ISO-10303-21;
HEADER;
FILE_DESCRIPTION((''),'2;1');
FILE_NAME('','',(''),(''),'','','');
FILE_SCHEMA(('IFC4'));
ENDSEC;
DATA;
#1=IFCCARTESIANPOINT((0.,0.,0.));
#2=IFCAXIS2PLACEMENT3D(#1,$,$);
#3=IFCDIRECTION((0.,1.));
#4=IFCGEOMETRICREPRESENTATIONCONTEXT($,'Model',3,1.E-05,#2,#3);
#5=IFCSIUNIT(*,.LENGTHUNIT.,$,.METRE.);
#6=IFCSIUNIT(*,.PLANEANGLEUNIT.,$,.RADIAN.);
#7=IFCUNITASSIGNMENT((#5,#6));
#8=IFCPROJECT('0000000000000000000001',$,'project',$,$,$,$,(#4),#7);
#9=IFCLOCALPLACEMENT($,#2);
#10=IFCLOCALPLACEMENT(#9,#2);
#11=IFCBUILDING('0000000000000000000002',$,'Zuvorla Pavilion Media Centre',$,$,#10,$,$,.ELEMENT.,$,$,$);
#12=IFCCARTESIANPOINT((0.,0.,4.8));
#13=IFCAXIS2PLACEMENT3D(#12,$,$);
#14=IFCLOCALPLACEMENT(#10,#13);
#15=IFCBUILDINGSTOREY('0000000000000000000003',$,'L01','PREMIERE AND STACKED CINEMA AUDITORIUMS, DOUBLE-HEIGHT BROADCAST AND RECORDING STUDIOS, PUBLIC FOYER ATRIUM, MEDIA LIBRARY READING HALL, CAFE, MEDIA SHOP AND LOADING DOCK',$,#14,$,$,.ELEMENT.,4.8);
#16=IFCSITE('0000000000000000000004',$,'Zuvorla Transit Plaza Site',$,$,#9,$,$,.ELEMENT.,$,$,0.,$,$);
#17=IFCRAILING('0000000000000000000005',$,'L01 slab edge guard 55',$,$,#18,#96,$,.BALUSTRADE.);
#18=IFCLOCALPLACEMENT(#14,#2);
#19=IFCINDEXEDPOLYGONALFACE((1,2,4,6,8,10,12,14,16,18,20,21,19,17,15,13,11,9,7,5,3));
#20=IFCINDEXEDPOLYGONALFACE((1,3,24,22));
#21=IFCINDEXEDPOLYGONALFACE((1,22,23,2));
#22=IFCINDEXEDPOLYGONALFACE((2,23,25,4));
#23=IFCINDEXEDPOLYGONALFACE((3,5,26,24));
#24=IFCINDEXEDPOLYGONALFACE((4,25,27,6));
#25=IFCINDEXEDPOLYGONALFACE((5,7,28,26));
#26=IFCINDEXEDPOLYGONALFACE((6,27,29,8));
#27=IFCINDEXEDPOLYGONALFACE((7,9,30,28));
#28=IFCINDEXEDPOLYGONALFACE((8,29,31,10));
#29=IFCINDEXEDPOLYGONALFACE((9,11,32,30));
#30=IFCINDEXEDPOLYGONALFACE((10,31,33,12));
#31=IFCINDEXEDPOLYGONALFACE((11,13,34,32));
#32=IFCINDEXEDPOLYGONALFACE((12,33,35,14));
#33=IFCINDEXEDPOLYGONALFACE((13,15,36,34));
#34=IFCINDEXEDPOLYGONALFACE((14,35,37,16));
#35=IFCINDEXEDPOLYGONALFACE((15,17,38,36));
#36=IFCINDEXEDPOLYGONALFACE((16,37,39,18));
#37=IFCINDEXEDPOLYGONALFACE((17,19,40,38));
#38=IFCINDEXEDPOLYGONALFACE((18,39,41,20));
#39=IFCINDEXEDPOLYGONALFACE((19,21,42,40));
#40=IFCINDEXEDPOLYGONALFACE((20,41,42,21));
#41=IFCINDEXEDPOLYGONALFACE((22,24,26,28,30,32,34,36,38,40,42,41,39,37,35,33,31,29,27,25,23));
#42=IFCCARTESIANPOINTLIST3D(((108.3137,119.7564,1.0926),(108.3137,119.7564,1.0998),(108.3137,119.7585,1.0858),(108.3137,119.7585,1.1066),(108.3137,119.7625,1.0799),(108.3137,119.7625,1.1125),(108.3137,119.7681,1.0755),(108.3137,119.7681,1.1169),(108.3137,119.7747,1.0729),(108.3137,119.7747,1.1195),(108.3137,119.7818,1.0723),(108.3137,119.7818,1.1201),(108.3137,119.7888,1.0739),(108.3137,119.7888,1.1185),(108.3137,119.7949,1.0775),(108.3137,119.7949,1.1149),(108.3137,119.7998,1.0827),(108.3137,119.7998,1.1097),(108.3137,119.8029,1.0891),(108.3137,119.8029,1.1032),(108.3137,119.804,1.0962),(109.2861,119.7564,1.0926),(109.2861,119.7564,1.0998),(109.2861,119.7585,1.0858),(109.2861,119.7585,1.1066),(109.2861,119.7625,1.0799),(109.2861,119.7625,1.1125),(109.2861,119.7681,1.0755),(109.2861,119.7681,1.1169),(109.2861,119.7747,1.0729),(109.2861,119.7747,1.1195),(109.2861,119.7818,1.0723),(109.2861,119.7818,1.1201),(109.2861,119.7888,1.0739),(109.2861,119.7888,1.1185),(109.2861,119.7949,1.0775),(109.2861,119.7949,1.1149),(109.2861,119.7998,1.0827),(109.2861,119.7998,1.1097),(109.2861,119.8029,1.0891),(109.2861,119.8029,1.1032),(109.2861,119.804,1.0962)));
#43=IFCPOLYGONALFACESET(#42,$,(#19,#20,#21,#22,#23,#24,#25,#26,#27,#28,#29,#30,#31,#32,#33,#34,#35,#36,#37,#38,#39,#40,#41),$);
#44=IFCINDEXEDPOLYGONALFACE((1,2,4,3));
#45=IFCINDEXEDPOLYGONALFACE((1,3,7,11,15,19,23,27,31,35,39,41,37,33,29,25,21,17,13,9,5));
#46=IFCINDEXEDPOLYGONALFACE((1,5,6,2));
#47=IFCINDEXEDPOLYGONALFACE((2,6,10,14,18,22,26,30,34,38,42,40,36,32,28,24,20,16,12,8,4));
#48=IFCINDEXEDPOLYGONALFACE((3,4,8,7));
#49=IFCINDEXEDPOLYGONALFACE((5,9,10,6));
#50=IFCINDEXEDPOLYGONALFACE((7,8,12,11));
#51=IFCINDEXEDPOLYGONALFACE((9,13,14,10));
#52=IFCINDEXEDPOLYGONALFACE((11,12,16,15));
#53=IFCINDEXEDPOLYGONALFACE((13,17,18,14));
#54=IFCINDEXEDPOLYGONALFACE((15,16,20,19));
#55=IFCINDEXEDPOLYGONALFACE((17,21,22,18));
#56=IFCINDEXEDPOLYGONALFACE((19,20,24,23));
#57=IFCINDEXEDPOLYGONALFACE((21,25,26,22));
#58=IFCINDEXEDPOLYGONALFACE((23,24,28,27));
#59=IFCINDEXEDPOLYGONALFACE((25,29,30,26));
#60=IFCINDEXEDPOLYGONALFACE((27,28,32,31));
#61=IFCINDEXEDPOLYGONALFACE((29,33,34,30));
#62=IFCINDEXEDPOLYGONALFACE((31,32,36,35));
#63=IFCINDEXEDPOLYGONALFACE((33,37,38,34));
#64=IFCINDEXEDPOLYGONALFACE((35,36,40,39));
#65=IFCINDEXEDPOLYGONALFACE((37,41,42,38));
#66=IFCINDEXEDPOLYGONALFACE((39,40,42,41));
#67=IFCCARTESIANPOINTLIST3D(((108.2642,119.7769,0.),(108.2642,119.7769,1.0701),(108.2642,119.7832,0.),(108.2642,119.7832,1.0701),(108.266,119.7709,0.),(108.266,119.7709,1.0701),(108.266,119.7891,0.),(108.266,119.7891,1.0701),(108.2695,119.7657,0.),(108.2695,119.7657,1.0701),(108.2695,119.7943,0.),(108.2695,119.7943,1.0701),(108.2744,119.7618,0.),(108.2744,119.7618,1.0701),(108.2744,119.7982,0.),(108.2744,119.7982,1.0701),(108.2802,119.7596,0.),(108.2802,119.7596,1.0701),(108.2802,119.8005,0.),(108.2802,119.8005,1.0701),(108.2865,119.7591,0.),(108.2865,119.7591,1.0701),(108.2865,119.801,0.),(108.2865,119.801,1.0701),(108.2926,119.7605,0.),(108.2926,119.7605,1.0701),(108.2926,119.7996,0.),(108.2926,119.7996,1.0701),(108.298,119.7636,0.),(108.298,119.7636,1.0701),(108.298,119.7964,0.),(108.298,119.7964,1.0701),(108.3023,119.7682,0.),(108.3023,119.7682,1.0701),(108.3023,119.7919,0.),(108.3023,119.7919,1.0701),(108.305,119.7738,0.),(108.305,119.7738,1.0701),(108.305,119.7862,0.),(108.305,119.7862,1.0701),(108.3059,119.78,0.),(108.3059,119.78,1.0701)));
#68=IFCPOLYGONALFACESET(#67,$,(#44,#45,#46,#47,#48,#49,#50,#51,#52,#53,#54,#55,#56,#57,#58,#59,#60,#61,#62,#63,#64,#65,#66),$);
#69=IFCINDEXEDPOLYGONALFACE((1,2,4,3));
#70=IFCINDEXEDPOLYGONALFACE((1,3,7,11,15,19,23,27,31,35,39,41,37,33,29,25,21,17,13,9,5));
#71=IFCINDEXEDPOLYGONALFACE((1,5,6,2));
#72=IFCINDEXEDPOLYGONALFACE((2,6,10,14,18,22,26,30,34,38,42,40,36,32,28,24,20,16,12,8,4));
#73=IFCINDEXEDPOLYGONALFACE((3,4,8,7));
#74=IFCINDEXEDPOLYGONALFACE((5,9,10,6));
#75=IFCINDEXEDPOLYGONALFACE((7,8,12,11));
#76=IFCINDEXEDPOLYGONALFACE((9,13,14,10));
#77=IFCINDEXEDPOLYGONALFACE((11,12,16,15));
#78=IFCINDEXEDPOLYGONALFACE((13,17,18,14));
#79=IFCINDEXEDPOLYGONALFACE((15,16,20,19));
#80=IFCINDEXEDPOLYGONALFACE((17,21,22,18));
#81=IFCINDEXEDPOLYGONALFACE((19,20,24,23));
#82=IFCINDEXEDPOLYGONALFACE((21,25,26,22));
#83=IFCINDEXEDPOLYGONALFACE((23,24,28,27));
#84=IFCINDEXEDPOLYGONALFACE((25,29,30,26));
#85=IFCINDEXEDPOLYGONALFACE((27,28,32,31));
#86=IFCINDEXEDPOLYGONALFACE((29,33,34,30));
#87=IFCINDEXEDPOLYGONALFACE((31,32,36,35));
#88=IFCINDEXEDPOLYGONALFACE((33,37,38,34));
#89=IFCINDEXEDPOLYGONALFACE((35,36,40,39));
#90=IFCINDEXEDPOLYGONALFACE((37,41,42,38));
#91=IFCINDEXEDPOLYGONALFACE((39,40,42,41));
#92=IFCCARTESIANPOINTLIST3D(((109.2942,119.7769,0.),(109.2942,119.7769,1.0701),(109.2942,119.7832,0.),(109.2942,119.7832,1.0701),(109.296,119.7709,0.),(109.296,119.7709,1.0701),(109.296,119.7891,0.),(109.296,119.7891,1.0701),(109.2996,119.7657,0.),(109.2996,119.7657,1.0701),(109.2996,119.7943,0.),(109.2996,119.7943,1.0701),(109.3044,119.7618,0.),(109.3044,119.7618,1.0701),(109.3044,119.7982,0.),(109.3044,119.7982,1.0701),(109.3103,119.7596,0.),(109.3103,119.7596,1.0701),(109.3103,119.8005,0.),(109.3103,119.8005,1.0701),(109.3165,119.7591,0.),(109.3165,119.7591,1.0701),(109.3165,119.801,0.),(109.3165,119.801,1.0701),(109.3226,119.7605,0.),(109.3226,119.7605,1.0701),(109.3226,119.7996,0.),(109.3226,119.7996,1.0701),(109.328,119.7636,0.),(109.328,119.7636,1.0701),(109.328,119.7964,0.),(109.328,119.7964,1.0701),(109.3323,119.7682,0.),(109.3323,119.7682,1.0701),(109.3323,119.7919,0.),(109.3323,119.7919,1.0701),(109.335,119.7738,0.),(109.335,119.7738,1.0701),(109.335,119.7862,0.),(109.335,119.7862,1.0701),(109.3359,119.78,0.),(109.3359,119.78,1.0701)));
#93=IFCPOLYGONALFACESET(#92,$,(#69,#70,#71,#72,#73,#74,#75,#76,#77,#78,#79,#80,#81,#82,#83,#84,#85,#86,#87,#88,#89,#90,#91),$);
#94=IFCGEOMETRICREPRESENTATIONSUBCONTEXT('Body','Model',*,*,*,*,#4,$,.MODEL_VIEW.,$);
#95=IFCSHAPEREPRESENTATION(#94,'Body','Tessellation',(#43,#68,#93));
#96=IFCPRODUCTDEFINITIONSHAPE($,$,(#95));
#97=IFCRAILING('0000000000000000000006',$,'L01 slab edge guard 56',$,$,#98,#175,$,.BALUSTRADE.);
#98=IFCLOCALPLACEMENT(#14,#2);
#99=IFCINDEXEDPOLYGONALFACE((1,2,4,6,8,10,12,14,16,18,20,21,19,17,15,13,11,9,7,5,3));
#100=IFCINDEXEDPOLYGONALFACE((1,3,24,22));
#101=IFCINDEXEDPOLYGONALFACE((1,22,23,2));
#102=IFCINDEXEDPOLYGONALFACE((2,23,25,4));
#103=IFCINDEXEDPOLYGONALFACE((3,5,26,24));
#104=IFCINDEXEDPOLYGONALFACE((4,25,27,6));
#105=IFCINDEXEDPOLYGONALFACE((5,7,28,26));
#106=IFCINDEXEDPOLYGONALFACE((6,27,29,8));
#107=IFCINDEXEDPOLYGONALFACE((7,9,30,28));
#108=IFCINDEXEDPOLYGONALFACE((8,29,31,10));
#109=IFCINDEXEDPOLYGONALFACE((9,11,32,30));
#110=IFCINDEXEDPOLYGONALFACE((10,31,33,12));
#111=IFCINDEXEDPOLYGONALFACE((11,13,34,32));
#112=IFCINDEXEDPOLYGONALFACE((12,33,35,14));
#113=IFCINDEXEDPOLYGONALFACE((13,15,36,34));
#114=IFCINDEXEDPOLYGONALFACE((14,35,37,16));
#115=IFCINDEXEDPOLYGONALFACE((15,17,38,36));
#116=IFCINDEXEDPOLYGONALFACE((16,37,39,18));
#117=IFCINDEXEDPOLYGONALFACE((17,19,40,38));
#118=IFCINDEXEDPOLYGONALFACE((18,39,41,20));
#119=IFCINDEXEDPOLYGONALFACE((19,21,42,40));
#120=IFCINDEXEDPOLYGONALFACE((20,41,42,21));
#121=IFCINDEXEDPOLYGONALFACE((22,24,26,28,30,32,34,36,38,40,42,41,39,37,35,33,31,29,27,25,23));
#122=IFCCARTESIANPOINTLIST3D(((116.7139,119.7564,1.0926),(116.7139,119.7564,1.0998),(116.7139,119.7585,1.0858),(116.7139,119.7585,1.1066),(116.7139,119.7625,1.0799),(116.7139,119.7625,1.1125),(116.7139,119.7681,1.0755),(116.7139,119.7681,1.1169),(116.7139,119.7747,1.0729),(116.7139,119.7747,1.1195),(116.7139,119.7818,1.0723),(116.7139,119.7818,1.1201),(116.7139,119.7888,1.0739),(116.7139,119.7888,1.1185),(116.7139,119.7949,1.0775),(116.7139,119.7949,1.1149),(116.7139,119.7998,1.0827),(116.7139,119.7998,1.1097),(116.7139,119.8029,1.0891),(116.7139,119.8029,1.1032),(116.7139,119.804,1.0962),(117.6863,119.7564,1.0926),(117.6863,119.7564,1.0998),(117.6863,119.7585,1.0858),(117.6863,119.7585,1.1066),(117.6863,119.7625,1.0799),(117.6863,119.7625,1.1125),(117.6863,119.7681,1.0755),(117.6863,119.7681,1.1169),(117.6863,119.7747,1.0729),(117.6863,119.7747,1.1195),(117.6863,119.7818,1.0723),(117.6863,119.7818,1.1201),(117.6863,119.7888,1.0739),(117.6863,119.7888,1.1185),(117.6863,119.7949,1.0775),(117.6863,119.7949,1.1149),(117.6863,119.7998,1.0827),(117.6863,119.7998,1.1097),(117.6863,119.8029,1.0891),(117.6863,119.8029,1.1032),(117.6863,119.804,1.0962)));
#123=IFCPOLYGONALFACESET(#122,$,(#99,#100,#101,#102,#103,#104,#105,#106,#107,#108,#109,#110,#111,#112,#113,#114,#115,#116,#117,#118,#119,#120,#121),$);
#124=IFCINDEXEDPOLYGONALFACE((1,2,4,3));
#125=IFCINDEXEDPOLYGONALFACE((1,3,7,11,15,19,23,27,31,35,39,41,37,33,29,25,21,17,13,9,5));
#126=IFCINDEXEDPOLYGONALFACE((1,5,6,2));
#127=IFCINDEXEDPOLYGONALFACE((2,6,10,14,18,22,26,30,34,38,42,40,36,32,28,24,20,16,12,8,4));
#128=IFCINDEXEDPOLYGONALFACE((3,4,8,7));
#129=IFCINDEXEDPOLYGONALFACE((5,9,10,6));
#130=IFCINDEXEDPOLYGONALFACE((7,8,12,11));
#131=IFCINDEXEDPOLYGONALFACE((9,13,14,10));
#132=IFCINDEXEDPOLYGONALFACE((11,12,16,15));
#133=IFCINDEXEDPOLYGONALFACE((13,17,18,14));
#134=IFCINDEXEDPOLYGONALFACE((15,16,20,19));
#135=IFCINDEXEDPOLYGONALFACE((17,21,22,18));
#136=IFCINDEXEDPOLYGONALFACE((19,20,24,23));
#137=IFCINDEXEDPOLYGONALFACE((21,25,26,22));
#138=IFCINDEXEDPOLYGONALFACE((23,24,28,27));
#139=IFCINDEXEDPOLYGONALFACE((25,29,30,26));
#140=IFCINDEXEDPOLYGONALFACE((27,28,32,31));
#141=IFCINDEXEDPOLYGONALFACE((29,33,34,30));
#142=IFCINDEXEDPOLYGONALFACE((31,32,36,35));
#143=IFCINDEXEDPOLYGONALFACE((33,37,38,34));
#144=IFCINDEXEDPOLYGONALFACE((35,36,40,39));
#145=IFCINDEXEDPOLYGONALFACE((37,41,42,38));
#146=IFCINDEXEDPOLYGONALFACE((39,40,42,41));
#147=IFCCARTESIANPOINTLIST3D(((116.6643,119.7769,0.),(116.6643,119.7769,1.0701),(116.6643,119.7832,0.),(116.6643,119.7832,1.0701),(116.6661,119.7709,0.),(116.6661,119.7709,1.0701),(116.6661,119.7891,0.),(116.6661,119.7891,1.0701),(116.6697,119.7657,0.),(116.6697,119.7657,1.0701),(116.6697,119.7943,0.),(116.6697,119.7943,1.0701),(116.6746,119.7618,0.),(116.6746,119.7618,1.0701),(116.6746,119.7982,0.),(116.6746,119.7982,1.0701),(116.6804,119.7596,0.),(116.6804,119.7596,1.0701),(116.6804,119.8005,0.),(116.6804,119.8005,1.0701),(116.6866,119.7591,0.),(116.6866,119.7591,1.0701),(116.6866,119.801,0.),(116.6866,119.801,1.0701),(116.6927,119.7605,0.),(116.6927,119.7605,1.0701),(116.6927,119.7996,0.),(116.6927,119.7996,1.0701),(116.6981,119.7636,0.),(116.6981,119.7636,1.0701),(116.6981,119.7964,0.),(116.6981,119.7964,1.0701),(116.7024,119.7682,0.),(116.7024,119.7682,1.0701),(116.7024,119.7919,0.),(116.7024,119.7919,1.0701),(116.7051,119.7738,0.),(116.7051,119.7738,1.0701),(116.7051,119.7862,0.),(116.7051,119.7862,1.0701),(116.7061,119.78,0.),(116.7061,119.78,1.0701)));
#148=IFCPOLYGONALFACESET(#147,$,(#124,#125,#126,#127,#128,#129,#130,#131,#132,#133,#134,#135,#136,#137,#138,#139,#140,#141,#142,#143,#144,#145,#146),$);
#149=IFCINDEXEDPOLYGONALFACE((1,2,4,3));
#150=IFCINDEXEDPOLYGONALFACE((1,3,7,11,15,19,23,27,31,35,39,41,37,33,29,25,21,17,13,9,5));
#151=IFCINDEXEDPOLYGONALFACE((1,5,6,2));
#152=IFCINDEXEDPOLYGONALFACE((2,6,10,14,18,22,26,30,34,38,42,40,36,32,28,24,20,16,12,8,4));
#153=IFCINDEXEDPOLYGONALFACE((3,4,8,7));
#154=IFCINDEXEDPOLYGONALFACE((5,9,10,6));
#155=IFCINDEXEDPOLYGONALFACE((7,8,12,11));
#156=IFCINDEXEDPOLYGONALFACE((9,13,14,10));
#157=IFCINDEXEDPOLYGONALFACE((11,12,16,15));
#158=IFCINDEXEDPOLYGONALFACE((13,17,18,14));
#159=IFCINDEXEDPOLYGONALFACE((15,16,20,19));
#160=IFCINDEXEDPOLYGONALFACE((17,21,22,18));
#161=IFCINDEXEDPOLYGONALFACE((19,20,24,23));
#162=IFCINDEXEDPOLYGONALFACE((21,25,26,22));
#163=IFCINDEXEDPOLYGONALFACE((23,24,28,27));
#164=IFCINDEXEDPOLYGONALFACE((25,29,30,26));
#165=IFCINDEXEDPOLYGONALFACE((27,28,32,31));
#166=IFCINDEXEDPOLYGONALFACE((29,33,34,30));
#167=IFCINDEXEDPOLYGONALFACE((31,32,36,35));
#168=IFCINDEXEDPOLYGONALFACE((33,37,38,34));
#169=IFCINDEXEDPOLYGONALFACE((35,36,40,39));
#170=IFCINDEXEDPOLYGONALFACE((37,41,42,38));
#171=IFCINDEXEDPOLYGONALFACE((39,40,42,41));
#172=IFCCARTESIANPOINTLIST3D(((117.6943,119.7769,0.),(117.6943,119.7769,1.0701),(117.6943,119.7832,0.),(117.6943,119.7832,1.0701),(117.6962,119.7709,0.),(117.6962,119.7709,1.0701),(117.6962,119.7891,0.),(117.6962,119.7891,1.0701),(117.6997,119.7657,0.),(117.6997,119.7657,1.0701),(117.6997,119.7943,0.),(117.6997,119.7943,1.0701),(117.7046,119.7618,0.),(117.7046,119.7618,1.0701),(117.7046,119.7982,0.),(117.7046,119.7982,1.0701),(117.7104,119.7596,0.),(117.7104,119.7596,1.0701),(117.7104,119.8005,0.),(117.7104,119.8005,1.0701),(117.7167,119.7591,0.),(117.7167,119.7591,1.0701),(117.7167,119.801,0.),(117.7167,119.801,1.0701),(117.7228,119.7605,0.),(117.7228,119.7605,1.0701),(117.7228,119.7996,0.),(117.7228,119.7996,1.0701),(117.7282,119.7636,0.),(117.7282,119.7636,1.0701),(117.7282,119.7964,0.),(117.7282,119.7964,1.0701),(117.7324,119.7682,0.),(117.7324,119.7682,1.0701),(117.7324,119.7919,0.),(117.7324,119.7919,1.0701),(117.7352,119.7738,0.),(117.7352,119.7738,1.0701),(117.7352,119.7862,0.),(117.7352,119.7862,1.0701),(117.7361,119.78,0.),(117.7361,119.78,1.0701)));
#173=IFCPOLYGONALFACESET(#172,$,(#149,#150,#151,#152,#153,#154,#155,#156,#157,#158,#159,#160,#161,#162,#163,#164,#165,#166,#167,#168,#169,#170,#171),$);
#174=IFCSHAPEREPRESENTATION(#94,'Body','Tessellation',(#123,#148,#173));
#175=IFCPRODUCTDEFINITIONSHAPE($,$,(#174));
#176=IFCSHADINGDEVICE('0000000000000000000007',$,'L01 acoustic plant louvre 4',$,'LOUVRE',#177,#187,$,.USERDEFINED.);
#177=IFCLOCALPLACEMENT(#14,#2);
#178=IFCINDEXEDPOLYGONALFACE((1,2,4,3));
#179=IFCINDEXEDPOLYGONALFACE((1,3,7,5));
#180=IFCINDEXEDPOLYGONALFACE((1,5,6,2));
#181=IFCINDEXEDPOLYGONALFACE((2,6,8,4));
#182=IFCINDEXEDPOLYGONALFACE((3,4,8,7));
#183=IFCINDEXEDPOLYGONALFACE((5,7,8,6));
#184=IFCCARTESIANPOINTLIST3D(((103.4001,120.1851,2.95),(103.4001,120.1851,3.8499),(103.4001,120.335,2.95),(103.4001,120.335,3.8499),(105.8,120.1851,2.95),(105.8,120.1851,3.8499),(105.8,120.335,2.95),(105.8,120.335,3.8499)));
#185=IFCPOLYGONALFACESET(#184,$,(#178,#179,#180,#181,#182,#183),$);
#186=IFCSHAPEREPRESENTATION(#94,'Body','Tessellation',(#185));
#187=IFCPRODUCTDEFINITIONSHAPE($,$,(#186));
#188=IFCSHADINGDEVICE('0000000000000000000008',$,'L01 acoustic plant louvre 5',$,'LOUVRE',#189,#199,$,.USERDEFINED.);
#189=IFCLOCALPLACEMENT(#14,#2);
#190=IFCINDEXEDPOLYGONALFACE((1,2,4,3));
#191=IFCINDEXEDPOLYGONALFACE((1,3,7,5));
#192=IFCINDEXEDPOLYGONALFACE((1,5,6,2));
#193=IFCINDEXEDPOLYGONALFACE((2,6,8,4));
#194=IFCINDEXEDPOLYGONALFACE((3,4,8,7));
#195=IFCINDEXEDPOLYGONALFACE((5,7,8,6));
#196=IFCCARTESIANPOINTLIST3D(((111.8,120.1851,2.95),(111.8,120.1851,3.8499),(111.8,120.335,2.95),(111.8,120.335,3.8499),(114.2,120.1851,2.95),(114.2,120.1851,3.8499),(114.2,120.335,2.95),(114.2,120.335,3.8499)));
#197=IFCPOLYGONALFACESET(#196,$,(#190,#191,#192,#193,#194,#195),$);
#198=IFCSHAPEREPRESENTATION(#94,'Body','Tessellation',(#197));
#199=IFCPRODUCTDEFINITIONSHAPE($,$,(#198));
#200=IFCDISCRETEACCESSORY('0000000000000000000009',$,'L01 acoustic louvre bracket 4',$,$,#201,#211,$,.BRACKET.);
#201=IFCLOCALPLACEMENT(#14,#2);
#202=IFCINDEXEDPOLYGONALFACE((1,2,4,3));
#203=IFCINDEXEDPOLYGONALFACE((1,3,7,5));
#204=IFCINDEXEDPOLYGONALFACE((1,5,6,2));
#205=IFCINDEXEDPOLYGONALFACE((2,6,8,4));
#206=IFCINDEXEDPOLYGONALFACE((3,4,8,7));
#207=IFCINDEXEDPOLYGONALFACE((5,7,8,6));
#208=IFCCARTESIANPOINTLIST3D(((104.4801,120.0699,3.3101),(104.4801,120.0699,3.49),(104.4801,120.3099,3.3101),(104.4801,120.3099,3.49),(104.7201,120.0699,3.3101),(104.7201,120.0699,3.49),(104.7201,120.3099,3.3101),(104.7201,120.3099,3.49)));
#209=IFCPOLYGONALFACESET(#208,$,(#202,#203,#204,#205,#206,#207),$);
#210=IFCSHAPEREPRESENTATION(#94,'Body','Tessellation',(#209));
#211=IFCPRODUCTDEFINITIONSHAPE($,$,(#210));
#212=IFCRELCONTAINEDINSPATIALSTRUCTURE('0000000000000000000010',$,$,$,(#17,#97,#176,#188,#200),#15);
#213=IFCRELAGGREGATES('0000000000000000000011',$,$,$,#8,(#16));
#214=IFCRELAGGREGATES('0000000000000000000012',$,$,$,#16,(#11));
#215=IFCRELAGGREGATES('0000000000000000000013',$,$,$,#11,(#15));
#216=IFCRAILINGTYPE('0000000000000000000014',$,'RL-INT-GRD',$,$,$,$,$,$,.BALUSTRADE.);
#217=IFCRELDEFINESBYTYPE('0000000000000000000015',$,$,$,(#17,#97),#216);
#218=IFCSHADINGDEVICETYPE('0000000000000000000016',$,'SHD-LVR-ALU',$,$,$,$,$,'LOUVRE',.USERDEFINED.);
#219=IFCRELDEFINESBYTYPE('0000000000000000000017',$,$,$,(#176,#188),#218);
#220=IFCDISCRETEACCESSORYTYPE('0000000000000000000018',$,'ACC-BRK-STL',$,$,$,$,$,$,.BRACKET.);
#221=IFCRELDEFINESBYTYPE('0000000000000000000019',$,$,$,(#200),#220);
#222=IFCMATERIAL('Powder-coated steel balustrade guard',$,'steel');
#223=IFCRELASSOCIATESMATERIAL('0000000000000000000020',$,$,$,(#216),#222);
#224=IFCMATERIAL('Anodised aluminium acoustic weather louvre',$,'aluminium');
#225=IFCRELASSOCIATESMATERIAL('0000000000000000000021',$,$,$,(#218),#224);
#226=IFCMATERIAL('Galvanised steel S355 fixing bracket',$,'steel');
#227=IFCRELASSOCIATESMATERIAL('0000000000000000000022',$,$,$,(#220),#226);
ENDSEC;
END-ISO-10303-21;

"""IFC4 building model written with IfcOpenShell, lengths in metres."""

from ifc_helpers import new_model, si_unit, direction, frame, origin, origin_2d, place, context, subcontext, project, spatial, rectangle, circle, extrude, material, type_object, element, save


model = new_model("IFC4")

# Units and contexts
model_context = context("Model", 3, precision=1e-05, world=origin(), true_north=direction((0.0, 1.0)))
body_context = subcontext(model_context, "Body", "Model", "MODEL_VIEW")
ifc_project = project(units=[si_unit("LENGTHUNIT", "METRE"), si_unit("PLANEANGLEUNIT", "RADIAN")], contexts=[model_context])

# Site, building, storey
site_placement = place(None, origin())
site = spatial("IfcSite", under=ifc_project, at=site_placement, Name="Zuvorla Transit Plaza Site", CompositionType="ELEMENT", RefElevation=0.0)
building_placement = place(site_placement, origin())
building = spatial("IfcBuilding", under=site, at=building_placement, Name="Zuvorla Pavilion Media Centre", CompositionType="ELEMENT")
storey_placement = place(building_placement, frame((0.0, 0.0, 4.8)))
storey = spatial("IfcBuildingStorey", under=building, at=storey_placement, Name="L01", Description="PREMIERE AND STACKED CINEMA AUDITORIUMS, DOUBLE-HEIGHT BROADCAST AND RECORDING STUDIOS, PUBLIC FOYER ATRIUM, MEDIA LIBRARY READING HALL, CAFE, MEDIA SHOP AND LOADING DOCK", CompositionType="ELEMENT", Elevation=4.8)

# Railings
ifc_material_1 = material(Name="Powder-coated steel balustrade guard", Category="steel")
railing_type = type_object("IfcRailingType", Name="RL-INT-GRD", PredefinedType="BALUSTRADE", material=ifc_material_1)
for number, where, name in (
    (1, (108.2849, 119.78, 0.0), "L01 slab edge guard 55"),
    (2, (116.6851, 119.78, 0.0), "L01 slab edge guard 56"),
):
    element("IfcRailing", number, at=place(storey_placement, frame(where)), inside=storey, type_object=railing_type, Name=name, PredefinedType="BALUSTRADE", context=body_context, shape_type="SweptSolid", body=[
        extrude(circle(Radius=0.0239, at=origin_2d()), frame((0.0288, 0.0, 1.0962), z_axis=(1.0, 0.0, 0.0), x_axis=(0.0, 1.0, 0.0)), (0.0, 0.0, 1.0), 0.9724),
        extrude(circle(Radius=0.021, at=origin_2d()), origin(), (0.0, 0.0, 1.0), 1.0701),
        extrude(circle(Radius=0.021, at=origin_2d()), frame((1.03, 0.0, 0.0)), (0.0, 0.0, 1.0), 1.0701),
    ])

# Shading devices
ifc_material_2 = material(Name="Anodised aluminium acoustic weather louvre", Category="aluminium")
shading_device_type = type_object("IfcShadingDeviceType", Name="SHD-LVR-ALU", ElementType="LOUVRE", PredefinedType="USERDEFINED", material=ifc_material_2)
for number, where, z_axis, x_axis, name in (
    (3, (104.6001, 120.26, 2.95), (0.0, 0.0, 1.0), (1.0, 0.0, 0.0), "L01 acoustic plant louvre 4"),
    (4, (113.0, 120.26, 2.95), (0.0, 0.0, 1.0), (1.0, 0.0, 0.0), "L01 acoustic plant louvre 5"),
):
    element("IfcShadingDevice", number, at=place(storey_placement, frame(where, z_axis=z_axis, x_axis=x_axis)), inside=storey, type_object=shading_device_type, Name=name, ObjectType="LOUVRE", PredefinedType="USERDEFINED", context=body_context, shape_type="SweptSolid", body=[
        extrude(rectangle(XDim=2.3999, YDim=0.1499, at=origin_2d()), origin(), (0.0, 0.0, 1.0), 0.8999),
    ])

# Discrete accessory
ifc_material_3 = material(Name="Galvanised steel S355 fixing bracket", Category="steel")
discrete_accessory_type = type_object("IfcDiscreteAccessoryType", Name="ACC-BRK-STL", PredefinedType="BRACKET", material=ifc_material_3)
for number, where, z_axis, x_axis, name in (
    (5, (104.6001, 120.1899, 3.3101), (0.0, 0.0, 1.0), (1.0, 0.0, 0.0), "L01 acoustic louvre bracket 4"),
):
    element("IfcDiscreteAccessory", number, at=place(storey_placement, frame(where, z_axis=z_axis, x_axis=x_axis)), inside=storey, type_object=discrete_accessory_type, Name=name, PredefinedType="BRACKET", context=body_context, shape_type="SweptSolid", body=[
        extrude(rectangle(XDim=0.24, YDim=0.24, at=origin_2d()), origin(), (0.0, 0.0, 1.0), 0.1799),
    ])

save(model, "model.ifc")
